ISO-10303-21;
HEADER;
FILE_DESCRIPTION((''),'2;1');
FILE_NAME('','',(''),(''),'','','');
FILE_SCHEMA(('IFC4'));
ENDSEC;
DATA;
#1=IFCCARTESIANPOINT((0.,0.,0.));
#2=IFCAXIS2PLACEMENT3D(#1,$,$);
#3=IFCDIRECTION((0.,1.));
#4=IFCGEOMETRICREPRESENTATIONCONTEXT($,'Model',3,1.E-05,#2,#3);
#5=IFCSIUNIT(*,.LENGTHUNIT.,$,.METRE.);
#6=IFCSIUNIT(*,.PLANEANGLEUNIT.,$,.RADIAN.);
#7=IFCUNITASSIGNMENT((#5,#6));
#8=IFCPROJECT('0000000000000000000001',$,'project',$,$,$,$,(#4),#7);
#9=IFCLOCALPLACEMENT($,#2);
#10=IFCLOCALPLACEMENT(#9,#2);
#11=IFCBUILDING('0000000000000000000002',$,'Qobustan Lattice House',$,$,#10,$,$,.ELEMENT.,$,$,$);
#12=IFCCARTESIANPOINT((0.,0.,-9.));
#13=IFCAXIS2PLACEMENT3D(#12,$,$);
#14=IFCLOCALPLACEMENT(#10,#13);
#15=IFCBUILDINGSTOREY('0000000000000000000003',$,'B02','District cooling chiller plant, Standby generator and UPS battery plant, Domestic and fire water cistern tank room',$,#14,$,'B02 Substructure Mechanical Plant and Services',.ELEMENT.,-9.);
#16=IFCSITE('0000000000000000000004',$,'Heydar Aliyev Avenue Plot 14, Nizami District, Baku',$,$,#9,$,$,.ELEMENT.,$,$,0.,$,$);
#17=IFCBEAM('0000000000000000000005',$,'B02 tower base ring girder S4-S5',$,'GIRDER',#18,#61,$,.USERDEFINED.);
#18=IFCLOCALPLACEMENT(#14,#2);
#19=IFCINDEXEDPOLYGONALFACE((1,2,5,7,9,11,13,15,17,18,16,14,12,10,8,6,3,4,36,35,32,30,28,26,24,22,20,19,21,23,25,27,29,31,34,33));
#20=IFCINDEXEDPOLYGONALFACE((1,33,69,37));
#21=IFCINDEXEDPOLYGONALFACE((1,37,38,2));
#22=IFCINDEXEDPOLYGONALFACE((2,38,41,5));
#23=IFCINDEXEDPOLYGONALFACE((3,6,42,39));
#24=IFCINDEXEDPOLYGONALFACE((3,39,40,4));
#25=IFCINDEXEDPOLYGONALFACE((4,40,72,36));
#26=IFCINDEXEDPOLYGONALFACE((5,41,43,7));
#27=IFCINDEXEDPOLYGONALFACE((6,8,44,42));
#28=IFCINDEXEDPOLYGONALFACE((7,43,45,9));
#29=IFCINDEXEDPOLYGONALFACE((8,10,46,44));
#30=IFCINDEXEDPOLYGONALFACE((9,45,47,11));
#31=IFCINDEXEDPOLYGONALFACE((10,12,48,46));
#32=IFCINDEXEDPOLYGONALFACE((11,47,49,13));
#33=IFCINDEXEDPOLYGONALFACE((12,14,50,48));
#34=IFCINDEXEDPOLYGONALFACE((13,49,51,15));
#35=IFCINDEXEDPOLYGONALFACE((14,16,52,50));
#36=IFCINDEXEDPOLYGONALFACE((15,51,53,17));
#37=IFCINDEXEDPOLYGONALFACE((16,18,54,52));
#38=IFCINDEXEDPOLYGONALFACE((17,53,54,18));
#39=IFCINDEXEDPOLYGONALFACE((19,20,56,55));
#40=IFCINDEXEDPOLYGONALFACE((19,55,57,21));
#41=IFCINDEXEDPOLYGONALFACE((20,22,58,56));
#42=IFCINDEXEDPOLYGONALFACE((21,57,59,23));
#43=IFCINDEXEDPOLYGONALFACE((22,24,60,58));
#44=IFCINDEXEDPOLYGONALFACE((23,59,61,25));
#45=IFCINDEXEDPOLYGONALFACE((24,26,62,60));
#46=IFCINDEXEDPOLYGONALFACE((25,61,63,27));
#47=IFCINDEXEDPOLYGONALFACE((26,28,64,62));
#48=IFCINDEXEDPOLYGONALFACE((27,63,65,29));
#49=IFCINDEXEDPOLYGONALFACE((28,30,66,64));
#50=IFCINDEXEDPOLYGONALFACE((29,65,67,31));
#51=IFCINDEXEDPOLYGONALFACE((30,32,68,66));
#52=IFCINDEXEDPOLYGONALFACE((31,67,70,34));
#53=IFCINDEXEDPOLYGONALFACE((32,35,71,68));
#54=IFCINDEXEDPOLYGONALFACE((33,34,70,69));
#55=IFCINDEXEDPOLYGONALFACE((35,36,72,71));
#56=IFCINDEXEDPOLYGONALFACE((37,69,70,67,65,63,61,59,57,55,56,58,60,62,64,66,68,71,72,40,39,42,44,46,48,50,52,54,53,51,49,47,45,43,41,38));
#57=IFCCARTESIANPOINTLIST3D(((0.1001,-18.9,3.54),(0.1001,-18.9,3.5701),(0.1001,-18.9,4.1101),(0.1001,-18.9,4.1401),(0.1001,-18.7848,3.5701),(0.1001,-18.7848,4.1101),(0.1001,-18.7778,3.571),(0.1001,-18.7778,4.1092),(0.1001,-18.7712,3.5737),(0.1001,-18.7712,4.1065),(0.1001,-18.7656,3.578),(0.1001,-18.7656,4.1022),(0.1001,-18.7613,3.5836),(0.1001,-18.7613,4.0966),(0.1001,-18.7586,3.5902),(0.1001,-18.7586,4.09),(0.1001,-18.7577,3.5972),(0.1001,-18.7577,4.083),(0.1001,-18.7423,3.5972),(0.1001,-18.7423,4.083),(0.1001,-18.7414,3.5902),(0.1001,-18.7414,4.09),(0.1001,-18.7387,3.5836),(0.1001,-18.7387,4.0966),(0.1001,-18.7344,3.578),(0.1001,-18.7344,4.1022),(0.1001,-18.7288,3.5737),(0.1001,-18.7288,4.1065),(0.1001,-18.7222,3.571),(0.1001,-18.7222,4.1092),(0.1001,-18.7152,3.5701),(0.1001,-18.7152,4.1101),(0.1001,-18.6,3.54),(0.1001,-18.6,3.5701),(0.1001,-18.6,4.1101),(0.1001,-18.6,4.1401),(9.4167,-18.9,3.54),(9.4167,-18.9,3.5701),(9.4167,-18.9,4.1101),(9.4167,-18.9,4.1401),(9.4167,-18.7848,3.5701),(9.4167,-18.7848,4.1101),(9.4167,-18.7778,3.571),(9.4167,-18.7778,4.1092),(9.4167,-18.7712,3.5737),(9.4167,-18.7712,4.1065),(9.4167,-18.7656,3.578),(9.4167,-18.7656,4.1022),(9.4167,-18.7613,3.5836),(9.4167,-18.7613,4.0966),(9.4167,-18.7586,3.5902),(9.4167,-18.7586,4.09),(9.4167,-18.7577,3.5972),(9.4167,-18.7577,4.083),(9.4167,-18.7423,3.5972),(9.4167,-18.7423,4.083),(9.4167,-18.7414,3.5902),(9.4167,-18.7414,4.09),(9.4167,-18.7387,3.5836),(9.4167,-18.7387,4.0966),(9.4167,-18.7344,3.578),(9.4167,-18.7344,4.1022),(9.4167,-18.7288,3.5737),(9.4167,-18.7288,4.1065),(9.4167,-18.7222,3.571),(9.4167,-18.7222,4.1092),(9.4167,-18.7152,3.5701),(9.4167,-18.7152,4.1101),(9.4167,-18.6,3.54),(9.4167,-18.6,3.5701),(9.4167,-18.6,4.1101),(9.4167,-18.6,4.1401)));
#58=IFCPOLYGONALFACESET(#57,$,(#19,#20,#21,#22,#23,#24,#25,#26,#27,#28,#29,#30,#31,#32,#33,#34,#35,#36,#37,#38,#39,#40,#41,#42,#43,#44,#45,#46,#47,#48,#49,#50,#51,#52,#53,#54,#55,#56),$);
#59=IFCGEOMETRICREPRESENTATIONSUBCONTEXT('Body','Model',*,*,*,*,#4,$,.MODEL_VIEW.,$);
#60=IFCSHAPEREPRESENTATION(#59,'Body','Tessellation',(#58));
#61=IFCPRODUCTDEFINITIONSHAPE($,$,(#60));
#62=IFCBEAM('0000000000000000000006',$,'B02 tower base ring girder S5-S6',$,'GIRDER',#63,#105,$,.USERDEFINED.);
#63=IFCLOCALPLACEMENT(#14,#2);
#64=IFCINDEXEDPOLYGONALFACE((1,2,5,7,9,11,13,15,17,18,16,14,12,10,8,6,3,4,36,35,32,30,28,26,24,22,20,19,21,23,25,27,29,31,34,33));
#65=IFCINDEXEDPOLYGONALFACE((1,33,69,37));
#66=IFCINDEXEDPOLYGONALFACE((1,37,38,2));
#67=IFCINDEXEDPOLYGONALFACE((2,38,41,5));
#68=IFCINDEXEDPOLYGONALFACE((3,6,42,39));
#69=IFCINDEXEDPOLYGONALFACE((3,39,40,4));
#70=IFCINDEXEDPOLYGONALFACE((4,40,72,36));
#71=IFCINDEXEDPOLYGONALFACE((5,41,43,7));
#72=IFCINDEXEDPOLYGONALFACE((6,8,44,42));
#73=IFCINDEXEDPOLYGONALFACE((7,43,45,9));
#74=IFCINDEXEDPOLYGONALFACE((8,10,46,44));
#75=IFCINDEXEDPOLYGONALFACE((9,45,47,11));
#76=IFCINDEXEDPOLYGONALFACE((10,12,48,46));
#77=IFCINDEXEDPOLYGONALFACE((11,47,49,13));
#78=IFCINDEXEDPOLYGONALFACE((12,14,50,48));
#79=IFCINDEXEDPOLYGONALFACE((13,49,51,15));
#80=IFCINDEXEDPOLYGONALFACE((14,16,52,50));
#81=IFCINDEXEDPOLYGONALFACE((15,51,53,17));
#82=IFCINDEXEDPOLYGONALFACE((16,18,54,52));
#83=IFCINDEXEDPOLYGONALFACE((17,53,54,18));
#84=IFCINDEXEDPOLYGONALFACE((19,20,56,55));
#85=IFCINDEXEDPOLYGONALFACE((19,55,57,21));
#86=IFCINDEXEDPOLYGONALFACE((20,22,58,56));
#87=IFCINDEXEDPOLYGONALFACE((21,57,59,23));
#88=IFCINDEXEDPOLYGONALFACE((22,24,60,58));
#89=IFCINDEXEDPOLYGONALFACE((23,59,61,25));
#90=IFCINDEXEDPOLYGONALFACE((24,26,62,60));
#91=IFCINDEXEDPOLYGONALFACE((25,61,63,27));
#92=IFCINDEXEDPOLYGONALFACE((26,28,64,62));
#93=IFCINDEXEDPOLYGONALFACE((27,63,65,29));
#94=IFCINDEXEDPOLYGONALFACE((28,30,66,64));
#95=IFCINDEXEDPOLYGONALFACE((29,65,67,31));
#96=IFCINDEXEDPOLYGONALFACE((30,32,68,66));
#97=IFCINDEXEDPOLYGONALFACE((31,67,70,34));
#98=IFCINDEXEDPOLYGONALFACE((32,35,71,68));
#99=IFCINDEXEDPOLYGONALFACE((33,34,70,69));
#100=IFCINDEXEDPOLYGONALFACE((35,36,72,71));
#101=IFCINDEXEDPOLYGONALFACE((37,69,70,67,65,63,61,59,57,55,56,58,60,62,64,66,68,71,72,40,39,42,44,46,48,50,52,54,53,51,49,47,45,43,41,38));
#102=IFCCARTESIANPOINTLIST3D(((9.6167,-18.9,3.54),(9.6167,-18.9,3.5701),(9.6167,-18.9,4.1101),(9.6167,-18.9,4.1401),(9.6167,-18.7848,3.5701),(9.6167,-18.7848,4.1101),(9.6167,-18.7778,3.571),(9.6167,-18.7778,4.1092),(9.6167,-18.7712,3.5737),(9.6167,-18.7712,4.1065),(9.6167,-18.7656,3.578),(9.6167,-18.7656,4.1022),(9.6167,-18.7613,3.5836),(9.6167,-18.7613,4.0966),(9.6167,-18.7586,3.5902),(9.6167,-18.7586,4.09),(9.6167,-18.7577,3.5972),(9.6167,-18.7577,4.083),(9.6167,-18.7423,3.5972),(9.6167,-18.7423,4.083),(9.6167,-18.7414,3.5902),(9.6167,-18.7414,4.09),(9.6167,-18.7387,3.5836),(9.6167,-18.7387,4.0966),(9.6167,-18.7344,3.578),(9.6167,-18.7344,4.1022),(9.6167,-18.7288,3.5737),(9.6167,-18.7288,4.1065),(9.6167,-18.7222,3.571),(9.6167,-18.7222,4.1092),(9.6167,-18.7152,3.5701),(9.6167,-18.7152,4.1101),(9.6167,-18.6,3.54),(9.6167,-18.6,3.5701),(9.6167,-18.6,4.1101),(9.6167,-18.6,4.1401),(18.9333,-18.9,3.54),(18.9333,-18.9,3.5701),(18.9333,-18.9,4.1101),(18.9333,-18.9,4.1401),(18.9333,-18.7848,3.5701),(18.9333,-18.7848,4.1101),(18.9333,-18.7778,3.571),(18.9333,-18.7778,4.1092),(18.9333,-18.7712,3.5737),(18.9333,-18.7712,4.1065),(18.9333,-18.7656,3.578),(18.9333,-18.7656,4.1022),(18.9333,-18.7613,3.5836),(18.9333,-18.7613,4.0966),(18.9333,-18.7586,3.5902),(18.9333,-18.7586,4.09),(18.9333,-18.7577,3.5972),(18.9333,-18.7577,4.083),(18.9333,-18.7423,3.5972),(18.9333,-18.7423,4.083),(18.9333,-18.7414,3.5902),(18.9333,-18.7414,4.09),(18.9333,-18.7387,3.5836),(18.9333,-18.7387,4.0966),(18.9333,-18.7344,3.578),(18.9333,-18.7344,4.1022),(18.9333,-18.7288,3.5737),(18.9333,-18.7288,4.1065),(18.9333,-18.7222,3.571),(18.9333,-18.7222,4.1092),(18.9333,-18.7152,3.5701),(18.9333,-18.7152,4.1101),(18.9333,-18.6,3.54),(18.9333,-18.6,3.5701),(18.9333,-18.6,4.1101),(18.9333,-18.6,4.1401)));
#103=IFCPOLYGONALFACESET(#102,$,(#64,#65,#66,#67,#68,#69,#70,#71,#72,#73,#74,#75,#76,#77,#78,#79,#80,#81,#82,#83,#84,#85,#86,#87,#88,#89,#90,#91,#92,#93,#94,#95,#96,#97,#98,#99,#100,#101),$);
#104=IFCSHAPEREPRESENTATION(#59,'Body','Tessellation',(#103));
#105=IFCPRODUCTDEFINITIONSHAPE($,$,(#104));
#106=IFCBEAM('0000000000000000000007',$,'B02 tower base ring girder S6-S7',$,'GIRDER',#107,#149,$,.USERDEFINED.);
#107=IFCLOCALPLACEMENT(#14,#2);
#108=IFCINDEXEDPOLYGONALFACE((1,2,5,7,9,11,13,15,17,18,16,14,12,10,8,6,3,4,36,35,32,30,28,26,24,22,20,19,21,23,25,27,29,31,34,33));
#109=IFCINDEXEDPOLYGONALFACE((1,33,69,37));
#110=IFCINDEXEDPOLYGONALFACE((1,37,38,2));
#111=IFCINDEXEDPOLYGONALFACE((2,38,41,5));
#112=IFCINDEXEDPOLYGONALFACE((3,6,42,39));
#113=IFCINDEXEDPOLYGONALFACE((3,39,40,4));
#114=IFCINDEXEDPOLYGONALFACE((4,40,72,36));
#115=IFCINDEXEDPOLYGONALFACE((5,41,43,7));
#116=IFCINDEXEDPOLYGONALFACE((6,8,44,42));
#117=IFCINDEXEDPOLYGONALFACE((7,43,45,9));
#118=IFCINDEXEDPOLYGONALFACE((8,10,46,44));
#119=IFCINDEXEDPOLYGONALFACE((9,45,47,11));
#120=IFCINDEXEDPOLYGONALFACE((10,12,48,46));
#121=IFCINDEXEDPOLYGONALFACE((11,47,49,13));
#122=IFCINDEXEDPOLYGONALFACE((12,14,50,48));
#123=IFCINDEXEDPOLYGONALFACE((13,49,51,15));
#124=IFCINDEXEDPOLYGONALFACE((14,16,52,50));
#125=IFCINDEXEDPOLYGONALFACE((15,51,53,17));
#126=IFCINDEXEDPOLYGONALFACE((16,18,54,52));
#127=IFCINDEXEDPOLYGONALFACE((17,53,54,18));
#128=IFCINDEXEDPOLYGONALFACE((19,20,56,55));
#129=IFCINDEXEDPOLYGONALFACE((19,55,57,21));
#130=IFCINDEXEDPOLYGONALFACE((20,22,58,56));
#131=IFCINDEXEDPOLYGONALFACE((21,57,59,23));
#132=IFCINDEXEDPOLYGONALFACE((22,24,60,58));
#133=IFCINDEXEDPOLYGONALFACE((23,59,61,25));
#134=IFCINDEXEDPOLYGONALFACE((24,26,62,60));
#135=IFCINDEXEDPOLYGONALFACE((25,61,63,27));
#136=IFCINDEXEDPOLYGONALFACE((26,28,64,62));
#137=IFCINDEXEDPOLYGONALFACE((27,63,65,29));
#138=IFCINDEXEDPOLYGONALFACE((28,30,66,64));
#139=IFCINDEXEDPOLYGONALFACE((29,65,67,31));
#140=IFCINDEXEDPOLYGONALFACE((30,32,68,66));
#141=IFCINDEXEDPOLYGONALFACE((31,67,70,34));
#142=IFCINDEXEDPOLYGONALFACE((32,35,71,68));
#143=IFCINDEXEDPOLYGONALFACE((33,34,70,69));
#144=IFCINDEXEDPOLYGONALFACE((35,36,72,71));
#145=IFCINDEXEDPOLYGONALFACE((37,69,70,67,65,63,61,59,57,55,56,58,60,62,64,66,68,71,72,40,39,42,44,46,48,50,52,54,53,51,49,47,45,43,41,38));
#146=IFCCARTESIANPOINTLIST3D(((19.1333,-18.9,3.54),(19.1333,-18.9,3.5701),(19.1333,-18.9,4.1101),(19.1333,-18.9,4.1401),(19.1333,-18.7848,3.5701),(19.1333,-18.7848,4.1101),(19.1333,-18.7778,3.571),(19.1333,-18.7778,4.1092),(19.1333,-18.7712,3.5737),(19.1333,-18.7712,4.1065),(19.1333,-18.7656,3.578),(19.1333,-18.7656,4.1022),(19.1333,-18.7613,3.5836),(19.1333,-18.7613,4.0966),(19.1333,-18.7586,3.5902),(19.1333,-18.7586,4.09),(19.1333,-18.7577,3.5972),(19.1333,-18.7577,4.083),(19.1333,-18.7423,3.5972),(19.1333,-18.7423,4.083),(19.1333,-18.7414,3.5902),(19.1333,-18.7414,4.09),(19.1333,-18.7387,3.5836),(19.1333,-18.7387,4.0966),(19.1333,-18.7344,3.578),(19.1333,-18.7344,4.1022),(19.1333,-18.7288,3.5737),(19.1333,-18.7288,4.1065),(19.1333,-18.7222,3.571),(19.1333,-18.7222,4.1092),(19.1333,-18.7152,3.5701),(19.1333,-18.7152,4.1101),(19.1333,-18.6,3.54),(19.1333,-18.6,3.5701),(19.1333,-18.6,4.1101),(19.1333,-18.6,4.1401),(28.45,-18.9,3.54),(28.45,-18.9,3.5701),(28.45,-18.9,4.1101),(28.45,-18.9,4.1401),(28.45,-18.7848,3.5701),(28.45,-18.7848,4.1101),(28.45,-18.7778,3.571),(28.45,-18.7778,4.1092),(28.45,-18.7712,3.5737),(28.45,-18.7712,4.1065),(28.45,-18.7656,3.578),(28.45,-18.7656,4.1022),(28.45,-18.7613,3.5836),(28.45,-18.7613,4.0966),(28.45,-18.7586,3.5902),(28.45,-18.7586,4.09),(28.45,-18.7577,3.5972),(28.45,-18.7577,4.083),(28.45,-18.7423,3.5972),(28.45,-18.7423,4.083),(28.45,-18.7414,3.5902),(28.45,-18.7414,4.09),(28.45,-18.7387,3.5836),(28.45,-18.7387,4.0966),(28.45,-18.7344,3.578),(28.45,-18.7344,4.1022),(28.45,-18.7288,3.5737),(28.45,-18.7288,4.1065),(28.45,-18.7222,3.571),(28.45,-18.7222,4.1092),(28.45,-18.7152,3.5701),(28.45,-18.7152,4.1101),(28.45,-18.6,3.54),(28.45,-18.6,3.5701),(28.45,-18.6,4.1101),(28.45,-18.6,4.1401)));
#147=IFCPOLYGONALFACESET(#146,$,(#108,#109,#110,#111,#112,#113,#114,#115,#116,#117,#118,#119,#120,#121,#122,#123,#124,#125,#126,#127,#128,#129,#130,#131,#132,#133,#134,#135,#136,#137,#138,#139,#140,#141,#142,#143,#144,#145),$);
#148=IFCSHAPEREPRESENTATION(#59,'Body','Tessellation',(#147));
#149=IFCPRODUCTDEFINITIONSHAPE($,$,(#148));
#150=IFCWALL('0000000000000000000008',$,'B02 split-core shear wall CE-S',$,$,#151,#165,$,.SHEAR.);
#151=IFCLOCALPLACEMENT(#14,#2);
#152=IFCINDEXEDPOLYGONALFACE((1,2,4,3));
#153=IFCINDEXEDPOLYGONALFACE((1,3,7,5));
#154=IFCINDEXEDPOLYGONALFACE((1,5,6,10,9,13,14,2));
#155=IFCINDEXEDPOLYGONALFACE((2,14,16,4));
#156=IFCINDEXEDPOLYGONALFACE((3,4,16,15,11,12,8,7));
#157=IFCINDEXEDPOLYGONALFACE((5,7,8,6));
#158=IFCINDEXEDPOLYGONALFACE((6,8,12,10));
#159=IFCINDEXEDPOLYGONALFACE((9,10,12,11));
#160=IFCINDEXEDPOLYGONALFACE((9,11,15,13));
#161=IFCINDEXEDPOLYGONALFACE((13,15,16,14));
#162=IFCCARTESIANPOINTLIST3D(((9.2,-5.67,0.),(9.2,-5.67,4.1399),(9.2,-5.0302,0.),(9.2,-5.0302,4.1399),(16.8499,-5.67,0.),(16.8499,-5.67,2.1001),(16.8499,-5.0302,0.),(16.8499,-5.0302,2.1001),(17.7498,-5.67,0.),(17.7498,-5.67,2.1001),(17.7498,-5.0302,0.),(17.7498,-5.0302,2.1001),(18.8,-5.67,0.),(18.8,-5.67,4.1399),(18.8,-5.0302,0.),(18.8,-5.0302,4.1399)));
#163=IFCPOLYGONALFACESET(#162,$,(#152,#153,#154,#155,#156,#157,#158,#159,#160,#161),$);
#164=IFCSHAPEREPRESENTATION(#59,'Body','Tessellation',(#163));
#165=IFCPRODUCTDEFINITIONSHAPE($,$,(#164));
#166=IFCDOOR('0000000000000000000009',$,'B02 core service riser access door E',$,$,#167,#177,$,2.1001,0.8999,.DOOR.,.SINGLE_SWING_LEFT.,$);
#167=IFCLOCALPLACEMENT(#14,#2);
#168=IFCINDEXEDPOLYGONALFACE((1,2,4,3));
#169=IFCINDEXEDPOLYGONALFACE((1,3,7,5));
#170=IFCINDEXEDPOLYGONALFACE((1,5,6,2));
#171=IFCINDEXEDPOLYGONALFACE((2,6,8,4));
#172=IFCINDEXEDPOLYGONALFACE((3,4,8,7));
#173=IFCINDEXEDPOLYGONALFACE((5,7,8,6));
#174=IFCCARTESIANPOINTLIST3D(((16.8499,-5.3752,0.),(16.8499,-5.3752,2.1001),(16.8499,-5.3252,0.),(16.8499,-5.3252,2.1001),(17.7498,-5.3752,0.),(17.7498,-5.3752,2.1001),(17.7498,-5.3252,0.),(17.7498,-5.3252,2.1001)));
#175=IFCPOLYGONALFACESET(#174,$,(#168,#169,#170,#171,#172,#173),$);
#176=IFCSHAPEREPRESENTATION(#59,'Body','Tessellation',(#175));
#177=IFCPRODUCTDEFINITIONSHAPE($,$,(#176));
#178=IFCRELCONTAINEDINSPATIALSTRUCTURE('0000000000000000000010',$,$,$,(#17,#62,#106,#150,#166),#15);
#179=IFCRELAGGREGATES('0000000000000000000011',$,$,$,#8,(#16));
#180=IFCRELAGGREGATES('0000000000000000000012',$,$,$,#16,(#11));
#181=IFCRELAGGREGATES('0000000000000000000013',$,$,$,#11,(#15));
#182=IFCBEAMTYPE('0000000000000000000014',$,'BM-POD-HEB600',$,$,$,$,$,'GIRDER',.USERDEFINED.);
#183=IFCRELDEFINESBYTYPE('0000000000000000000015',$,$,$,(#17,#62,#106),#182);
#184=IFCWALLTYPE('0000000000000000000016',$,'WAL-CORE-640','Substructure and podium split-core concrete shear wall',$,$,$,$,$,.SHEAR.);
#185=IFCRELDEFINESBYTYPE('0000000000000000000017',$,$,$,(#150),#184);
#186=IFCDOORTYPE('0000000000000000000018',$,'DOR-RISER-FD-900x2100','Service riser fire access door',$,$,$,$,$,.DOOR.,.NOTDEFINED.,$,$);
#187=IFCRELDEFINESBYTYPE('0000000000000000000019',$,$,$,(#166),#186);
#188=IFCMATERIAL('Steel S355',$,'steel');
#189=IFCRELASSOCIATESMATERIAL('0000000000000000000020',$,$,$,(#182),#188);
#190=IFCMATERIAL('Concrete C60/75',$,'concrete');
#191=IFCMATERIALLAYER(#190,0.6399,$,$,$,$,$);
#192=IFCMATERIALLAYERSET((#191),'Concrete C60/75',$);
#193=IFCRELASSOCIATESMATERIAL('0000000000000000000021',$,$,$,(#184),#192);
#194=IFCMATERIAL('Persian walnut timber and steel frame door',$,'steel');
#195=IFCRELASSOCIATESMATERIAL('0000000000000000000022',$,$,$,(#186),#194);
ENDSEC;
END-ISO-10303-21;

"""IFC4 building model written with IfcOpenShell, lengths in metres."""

from ifc_helpers import new_model, si_unit, direction, frame, frame_2d, origin, origin_2d, place, context, subcontext, project, spatial, rectangle, i_section, extrude, material, layer, layer_set, material_profile, profile_set, type_object, element, fill, save


model = new_model("IFC4")

# Units and contexts
model_context = context("Model", 3, precision=1e-05, world=origin(), true_north=direction((0.0, 1.0)))
body_context = subcontext(model_context, "Body", "Model", "MODEL_VIEW")
ifc_project = project(units=[si_unit("LENGTHUNIT", "METRE"), si_unit("PLANEANGLEUNIT", "RADIAN")], contexts=[model_context])

# Site, building, storey
site_placement = place(None, origin())
site = spatial("IfcSite", under=ifc_project, at=site_placement, Name="Heydar Aliyev Avenue Plot 14, Nizami District, Baku", CompositionType="ELEMENT", RefElevation=0.0)
building_placement = place(site_placement, origin())
building = spatial("IfcBuilding", under=site, at=building_placement, Name="Qobustan Lattice House", CompositionType="ELEMENT")
storey_placement = place(building_placement, frame((0.0, 0.0, -9.0)))
storey = spatial("IfcBuildingStorey", under=building, at=storey_placement, Name="B02", Description="District cooling chiller plant, Standby generator and UPS battery plant, Domestic and fire water cistern tank room", LongName="B02 Substructure Mechanical Plant and Services", CompositionType="ELEMENT", Elevation=-9.0)

# Beams
ifc_material_1 = material(Name="Steel S355", Category="steel")
ifc_material_profile_1 = material_profile(ifc_material_1, i_section(OverallWidth=0.3, OverallDepth=0.6001, WebThickness=0.0154, FlangeThickness=0.03, FilletRadius=0.0271, at=origin_2d()), Name="HEB600")
ifc_profile_set_1 = profile_set([ifc_material_profile_1], Name="Steel S355")
beam_type_1 = type_object("IfcBeamType", Name="BM-POD-HEB600", ElementType="GIRDER", PredefinedType="USERDEFINED", material=ifc_profile_set_1)
for number, where, z_axis, x_axis, name in (
    (1, (0.1001, -18.75, 3.8401), (1.0, 0.0, 0.0), (0.0, 1.0, 0.0), "B02 tower base ring girder S4-S5"),
    (2, (9.6167, -18.75, 3.8401), (1.0, 0.0, 0.0), (0.0, 1.0, 0.0), "B02 tower base ring girder S5-S6"),
    (3, (19.1333, -18.75, 3.8401), (1.0, 0.0, 0.0), (0.0, 1.0, 0.0), "B02 tower base ring girder S6-S7"),
):
    element("IfcBeam", number, at=place(storey_placement, frame(where, z_axis=z_axis, x_axis=x_axis)), inside=storey, type_object=beam_type_1, Name=name, ObjectType="GIRDER", PredefinedType="USERDEFINED", context=body_context, shape_type="SweptSolid", body=[
        extrude(i_section(OverallWidth=0.3, OverallDepth=0.6001, WebThickness=0.0154, FlangeThickness=0.03, FilletRadius=0.0271, at=origin_2d()), origin(), (0.0, 0.0, 1.0), 9.3167),
    ])

# Wall, opening, door
ifc_material_2 = material(Name="Concrete C60/75", Category="concrete")
ifc_layer_1 = layer(ifc_material_2, 0.6399)
ifc_layer_set_1 = layer_set([ifc_layer_1], Name="Concrete C60/75")
wall_type_1 = type_object("IfcWallType", Name="WAL-CORE-640", Description="Substructure and podium split-core concrete shear wall", PredefinedType="SHEAR", material=ifc_layer_set_1)
wall_1_placement = place(storey_placement, frame((9.2, -5.3501, 0.0), z_axis=(0.0, 0.0, 1.0), x_axis=(1.0, 0.0, 0.0)))
wall_1 = element("IfcWall", 4, at=wall_1_placement, inside=storey, type_object=wall_type_1, Name="B02 split-core shear wall CE-S", PredefinedType="SHEAR", context=body_context, shape_type="SweptSolid", body=[
    extrude(rectangle(XDim=9.6001, YDim=0.6399, at=frame_2d((4.8, 0.0))), origin(), (0.0, 0.0, 1.0), 4.1399),
])
opening_1_placement = place(wall_1_placement, frame((7.6499, 0.0, 0.0)))
opening_1 = element("IfcOpeningElement", 5, at=opening_1_placement, cuts=wall_1, PredefinedType="OPENING", context=body_context, shape_type="SweptSolid", body=[
    extrude(rectangle(XDim=0.8999, YDim=2.1001, at=frame_2d((0.45, 1.05))), frame((0.0, 0.3298, 0.0), z_axis=(0.0, -1.0, 0.0), x_axis=(1.0, 0.0, 0.0)), (0.0, 0.0, 1.0), 0.6599),
])
ifc_material_3 = material(Name="Persian walnut timber and steel frame door", Category="steel")
door_type_1 = type_object("IfcDoorType", Name="DOR-RISER-FD-900x2100", Description="Service riser fire access door", OperationType="NOTDEFINED", PredefinedType="DOOR", material=ifc_material_3)
door_1_placement = place(opening_1_placement, origin())
door_1 = element("IfcDoor", 6, at=door_1_placement, inside=storey, type_object=door_type_1, Name="B02 core service riser access door E", OperationType="SINGLE_SWING_LEFT", OverallHeight=2.1001, OverallWidth=0.8999, PredefinedType="DOOR", context=body_context, shape_type="SweptSolid", body=[
    extrude(rectangle(XDim=0.8999, YDim=2.1001, at=frame_2d((0.45, 1.05))), frame((0.0, 0.0249, 0.0), z_axis=(0.0, -1.0, 0.0), x_axis=(1.0, 0.0, 0.0)), (0.0, 0.0, 1.0), 0.05),
])
fill(opening_1, door_1)

save(model, "model.ifc")
